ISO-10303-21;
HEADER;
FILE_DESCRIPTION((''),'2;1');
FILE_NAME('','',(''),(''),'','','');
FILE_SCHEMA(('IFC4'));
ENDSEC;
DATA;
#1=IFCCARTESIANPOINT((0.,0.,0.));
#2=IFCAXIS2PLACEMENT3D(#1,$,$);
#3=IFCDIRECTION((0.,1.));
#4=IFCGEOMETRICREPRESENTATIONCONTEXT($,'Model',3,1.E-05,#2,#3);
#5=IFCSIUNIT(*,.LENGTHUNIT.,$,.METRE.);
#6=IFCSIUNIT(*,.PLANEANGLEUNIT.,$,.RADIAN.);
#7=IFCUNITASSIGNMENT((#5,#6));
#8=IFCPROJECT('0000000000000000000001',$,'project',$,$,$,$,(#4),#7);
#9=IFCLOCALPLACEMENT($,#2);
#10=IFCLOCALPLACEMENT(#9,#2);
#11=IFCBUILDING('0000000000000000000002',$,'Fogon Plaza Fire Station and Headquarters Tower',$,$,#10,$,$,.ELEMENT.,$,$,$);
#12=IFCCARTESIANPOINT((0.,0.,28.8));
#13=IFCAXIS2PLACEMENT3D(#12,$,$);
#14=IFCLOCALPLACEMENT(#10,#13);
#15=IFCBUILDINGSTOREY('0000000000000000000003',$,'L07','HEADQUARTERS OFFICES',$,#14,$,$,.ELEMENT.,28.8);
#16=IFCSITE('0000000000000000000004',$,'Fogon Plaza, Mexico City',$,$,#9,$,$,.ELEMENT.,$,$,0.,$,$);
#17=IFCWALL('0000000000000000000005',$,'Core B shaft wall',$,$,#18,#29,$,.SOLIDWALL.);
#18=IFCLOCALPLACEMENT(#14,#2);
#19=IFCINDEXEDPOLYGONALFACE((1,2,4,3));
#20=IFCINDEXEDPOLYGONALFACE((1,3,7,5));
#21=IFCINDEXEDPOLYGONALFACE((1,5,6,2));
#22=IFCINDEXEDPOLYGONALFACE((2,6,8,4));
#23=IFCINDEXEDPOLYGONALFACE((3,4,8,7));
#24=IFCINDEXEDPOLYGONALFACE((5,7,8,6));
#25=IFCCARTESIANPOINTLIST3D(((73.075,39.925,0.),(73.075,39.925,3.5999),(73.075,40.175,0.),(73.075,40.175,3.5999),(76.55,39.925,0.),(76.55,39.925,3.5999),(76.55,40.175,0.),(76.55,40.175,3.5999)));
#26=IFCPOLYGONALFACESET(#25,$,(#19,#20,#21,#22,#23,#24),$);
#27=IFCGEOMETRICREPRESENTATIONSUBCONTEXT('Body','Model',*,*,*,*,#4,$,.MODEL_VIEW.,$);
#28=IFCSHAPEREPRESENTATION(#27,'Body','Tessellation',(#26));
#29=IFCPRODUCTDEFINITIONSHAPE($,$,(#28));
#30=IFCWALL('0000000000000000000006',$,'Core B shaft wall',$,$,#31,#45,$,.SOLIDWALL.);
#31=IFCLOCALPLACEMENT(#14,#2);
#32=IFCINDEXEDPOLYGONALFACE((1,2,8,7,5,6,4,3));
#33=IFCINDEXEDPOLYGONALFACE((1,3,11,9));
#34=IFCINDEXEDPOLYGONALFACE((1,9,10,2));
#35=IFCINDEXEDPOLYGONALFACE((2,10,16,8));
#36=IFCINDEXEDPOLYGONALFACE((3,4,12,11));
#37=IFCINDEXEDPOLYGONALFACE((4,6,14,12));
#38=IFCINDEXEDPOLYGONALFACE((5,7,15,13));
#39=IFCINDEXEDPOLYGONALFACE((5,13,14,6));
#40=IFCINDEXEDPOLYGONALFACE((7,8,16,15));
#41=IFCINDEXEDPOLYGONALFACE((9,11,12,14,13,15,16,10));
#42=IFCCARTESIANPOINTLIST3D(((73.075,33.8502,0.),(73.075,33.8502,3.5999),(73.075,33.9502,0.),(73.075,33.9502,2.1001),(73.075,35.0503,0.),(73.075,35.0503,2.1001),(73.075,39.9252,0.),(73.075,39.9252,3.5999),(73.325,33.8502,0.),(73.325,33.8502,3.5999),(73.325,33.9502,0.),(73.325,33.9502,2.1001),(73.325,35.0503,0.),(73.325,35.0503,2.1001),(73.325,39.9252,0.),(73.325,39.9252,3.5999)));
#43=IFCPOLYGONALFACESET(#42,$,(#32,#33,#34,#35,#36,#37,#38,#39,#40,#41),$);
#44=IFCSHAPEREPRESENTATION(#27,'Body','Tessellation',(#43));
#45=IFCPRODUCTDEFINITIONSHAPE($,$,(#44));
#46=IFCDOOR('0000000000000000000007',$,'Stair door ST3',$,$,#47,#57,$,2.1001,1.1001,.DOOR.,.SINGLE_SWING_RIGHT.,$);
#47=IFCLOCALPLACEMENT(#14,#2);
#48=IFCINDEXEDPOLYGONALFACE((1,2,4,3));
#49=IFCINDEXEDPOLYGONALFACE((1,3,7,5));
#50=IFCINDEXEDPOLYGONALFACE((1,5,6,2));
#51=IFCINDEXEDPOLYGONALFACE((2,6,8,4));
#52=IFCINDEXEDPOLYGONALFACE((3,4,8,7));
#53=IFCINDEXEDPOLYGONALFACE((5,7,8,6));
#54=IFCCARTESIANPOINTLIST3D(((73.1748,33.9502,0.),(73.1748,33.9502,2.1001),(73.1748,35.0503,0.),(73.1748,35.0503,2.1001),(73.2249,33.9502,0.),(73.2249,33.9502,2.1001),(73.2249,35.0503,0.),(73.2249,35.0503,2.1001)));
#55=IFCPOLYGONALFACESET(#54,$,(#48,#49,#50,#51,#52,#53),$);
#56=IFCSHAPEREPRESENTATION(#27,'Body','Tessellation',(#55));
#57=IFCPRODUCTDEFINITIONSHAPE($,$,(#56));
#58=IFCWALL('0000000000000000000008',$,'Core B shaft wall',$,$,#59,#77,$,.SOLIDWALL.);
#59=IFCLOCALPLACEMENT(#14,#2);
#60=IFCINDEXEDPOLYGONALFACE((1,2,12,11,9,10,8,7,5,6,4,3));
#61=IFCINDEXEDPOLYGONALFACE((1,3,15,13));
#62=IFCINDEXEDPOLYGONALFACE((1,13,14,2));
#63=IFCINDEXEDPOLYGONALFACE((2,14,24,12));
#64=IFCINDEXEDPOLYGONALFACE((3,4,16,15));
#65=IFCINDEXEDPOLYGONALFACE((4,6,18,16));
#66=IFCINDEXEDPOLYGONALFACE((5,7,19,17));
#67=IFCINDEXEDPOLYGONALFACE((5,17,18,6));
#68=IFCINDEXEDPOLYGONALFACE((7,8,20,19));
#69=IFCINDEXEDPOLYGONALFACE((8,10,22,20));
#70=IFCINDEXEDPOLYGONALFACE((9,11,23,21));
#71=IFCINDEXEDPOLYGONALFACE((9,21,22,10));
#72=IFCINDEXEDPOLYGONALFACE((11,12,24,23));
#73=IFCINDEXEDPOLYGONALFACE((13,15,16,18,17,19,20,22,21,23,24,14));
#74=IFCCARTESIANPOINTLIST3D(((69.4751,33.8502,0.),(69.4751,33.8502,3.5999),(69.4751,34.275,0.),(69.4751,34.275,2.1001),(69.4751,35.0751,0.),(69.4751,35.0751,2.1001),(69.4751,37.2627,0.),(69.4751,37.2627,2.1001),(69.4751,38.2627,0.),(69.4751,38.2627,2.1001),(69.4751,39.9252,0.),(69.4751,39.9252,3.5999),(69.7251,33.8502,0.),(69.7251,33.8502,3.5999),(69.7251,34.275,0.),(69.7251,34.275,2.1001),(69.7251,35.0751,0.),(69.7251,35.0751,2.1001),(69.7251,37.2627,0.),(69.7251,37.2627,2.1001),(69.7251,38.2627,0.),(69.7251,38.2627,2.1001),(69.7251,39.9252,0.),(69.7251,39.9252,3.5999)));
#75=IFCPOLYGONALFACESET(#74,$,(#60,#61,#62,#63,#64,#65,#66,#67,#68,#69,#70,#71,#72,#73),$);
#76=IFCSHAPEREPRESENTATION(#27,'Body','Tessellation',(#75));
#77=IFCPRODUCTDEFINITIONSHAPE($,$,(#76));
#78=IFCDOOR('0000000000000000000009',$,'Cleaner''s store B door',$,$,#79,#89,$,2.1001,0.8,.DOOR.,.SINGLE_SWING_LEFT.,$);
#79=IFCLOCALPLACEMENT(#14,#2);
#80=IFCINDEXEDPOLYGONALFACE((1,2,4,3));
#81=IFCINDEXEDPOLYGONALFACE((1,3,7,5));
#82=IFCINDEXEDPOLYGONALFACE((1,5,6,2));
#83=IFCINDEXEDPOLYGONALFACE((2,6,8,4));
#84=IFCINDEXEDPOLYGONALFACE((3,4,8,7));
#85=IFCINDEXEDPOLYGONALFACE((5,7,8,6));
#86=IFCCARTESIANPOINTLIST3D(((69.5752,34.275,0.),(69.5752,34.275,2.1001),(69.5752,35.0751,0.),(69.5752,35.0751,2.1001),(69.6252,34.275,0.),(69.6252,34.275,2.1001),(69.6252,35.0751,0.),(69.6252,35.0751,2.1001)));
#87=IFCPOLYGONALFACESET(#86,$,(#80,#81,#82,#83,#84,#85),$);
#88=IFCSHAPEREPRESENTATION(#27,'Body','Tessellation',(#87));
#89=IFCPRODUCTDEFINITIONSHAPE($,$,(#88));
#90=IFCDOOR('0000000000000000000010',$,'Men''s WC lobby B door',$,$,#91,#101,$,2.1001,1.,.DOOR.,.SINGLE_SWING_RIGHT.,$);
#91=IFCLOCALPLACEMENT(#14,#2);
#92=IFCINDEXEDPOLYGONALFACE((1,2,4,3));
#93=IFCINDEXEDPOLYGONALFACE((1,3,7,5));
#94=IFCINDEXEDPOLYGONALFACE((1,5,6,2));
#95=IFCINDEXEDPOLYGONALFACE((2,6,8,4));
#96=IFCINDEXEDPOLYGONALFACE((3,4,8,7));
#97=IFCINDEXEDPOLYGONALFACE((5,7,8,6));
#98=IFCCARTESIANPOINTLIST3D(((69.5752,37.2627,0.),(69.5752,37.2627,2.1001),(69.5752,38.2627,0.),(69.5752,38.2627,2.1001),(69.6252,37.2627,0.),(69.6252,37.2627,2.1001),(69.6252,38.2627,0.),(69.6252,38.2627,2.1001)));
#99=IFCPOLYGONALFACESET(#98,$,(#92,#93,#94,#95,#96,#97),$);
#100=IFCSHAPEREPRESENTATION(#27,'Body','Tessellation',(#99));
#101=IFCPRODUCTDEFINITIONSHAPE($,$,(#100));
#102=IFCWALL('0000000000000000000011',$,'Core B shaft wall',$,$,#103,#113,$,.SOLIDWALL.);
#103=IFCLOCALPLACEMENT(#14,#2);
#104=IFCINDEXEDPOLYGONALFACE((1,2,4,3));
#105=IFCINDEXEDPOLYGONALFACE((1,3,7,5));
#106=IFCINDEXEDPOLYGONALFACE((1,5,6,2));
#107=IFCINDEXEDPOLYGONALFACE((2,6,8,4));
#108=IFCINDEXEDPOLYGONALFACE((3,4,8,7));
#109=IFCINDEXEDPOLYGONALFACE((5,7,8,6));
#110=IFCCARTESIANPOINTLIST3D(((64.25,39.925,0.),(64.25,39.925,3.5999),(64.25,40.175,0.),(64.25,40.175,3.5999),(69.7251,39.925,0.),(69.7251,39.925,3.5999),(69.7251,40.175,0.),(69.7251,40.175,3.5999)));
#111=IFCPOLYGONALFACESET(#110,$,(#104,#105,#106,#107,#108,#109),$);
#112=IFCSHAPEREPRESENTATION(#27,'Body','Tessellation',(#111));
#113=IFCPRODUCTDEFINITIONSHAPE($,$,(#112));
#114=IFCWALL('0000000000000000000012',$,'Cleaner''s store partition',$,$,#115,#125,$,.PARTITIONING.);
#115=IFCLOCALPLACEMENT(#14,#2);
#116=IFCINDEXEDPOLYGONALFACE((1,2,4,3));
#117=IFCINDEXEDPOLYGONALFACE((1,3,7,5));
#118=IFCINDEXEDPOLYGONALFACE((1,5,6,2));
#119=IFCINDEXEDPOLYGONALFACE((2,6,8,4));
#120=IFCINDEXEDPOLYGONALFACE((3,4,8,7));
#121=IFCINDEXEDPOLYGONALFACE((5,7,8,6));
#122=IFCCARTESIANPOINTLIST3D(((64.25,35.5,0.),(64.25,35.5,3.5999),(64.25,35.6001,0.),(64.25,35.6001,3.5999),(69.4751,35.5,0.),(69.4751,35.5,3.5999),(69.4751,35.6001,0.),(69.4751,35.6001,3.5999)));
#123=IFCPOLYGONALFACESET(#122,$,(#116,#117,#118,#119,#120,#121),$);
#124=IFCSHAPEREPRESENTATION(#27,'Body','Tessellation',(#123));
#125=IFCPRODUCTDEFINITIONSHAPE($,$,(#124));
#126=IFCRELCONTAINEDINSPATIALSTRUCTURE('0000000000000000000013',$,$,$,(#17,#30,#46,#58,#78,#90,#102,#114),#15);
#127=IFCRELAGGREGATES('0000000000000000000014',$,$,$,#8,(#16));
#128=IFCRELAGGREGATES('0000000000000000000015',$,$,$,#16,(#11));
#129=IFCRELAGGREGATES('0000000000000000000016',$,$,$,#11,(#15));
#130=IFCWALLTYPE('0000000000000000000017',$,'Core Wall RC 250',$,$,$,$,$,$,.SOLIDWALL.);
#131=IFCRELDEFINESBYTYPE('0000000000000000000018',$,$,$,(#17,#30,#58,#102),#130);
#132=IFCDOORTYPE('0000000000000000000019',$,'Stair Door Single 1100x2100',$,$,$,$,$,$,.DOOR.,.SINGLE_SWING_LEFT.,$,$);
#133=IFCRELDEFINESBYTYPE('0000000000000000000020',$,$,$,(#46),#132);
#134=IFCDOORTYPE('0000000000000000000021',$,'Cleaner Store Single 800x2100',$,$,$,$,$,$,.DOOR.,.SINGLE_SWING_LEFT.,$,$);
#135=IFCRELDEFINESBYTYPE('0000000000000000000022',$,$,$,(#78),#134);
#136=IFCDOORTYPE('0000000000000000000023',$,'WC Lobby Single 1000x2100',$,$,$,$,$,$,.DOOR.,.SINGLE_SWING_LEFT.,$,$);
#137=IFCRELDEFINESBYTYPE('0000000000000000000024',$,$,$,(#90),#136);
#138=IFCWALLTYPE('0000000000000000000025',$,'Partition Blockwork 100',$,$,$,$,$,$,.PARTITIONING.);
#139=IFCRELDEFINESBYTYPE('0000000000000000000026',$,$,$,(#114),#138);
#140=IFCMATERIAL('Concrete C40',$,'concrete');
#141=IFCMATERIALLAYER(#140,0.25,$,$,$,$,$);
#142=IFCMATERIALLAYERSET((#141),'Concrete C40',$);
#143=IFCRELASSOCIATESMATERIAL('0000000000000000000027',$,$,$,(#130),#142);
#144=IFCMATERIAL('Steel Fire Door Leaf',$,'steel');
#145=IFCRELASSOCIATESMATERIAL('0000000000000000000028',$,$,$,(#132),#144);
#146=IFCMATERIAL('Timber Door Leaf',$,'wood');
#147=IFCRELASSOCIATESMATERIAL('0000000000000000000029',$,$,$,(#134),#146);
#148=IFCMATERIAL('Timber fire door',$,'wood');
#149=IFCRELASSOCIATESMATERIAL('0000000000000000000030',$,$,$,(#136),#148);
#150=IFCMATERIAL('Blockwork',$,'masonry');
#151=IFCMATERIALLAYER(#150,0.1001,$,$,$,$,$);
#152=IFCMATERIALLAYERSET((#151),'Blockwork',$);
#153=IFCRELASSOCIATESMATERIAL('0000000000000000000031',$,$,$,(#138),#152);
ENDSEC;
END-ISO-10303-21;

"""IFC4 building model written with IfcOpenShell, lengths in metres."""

from ifc_helpers import new_model, si_unit, direction, frame, frame_2d, origin, place, context, subcontext, project, spatial, rectangle, extrude, material, layer, layer_set, type_object, element, fill, save


model = new_model("IFC4")

# Units and contexts
model_context = context("Model", 3, precision=1e-05, world=origin(), true_north=direction((0.0, 1.0)))
body_context = subcontext(model_context, "Body", "Model", "MODEL_VIEW")
ifc_project = project(units=[si_unit("LENGTHUNIT", "METRE"), si_unit("PLANEANGLEUNIT", "RADIAN")], contexts=[model_context])

# Site, building, storey
site_placement = place(None, origin())
site = spatial("IfcSite", under=ifc_project, at=site_placement, Name="Fogon Plaza, Mexico City", CompositionType="ELEMENT", RefElevation=0.0)
building_placement = place(site_placement, origin())
building = spatial("IfcBuilding", under=site, at=building_placement, Name="Fogon Plaza Fire Station and Headquarters Tower", CompositionType="ELEMENT")
storey_placement = place(building_placement, frame((0.0, 0.0, 28.8)))
storey = spatial("IfcBuildingStorey", under=building, at=storey_placement, Name="L07", Description="HEADQUARTERS OFFICES", CompositionType="ELEMENT", Elevation=28.8)

# Wall
ifc_material_1 = material(Name="Concrete C40", Category="concrete")
ifc_layer_1 = layer(ifc_material_1, 0.25)
ifc_layer_set_1 = layer_set([ifc_layer_1], Name="Concrete C40")
wall_type_1 = type_object("IfcWallType", Name="Core Wall RC 250", PredefinedType="SOLIDWALL", material=ifc_layer_set_1)
wall_1_placement = place(storey_placement, frame((76.55, 40.05, 0.0), z_axis=(0.0, 0.0, 1.0), x_axis=(-1.0, 0.0, 0.0)))
element("IfcWall", 1, at=wall_1_placement, inside=storey, type_object=wall_type_1, Name="Core B shaft wall", PredefinedType="SOLIDWALL", context=body_context, shape_type="SweptSolid", body=[
    extrude(rectangle(XDim=3.4751, YDim=0.25, at=frame_2d((1.7375, 0.0))), origin(), (0.0, 0.0, 1.0), 3.5999),
])

# Wall, opening, door
wall_2_placement = place(storey_placement, frame((73.2, 33.8501, 0.0), z_axis=(0.0, 0.0, 1.0), x_axis=(0.0, 1.0, 0.0)))
wall_2 = element("IfcWall", 2, at=wall_2_placement, inside=storey, type_object=wall_type_1, Name="Core B shaft wall", PredefinedType="SOLIDWALL", context=body_context, shape_type="SweptSolid", body=[
    extrude(rectangle(XDim=6.075, YDim=0.25, at=frame_2d((3.0376, 0.0))), origin(), (0.0, 0.0, 1.0), 3.5999),
])
opening_1_placement = place(wall_2_placement, frame((0.1001, 0.0, 0.0)))
opening_1 = element("IfcOpeningElement", 3, at=opening_1_placement, cuts=wall_2, PredefinedType="OPENING", context=body_context, shape_type="SweptSolid", body=[
    extrude(rectangle(XDim=1.1001, YDim=2.1001, at=frame_2d((0.55, 1.05))), frame((0.0, 0.135, 0.0), z_axis=(0.0, -1.0, 0.0), x_axis=(1.0, 0.0, 0.0)), (0.0, 0.0, 1.0), 0.27),
])
ifc_material_2 = material(Name="Steel Fire Door Leaf", Category="steel")
door_type_1 = type_object("IfcDoorType", Name="Stair Door Single 1100x2100", OperationType="SINGLE_SWING_LEFT", PredefinedType="DOOR", material=ifc_material_2)
door_1_placement = place(opening_1_placement, frame((1.1001, 0.0, 0.0), z_axis=(0.0, 0.0, 1.0), x_axis=(-1.0, 0.0, 0.0)))
door_1 = element("IfcDoor", 4, at=door_1_placement, inside=storey, type_object=door_type_1, Name="Stair door ST3", OperationType="SINGLE_SWING_RIGHT", OverallHeight=2.1001, OverallWidth=1.1001, PredefinedType="DOOR", context=body_context, shape_type="SweptSolid", body=[
    extrude(rectangle(XDim=1.1001, YDim=2.1001, at=frame_2d((0.55, 1.05))), frame((0.0, 0.0249, 0.0), z_axis=(0.0, -1.0, 0.0), x_axis=(1.0, 0.0, 0.0)), (0.0, 0.0, 1.0), 0.05),
])
fill(opening_1, door_1)

# Wall, openings, doors
wall_3_placement = place(storey_placement, frame((69.6001, 33.8501, 0.0), z_axis=(0.0, 0.0, 1.0), x_axis=(0.0, 1.0, 0.0)))
wall_3 = element("IfcWall", 5, at=wall_3_placement, inside=storey, type_object=wall_type_1, Name="Core B shaft wall", PredefinedType="SOLIDWALL", context=body_context, shape_type="SweptSolid", body=[
    extrude(rectangle(XDim=6.075, YDim=0.25, at=frame_2d((3.0376, 0.0))), origin(), (0.0, 0.0, 1.0), 3.5999),
])
opening_2_placement = place(wall_3_placement, frame((0.425, 0.0, 0.0)))
opening_2 = element("IfcOpeningElement", 6, at=opening_2_placement, cuts=wall_3, PredefinedType="OPENING", context=body_context, shape_type="SweptSolid", body=[
    extrude(rectangle(XDim=0.8, YDim=2.1001, at=frame_2d((0.3999, 1.05))), frame((0.0, 0.135, 0.0), z_axis=(0.0, -1.0, 0.0), x_axis=(1.0, 0.0, 0.0)), (0.0, 0.0, 1.0), 0.27),
])
opening_3_placement = place(wall_3_placement, frame((3.4126, 0.0, 0.0)))
opening_3 = element("IfcOpeningElement", 7, at=opening_3_placement, cuts=wall_3, PredefinedType="OPENING", context=body_context, shape_type="SweptSolid", body=[
    extrude(rectangle(XDim=1.0, YDim=2.1001, at=frame_2d((0.5, 1.05))), frame((0.0, 0.135, 0.0), z_axis=(0.0, -1.0, 0.0), x_axis=(1.0, 0.0, 0.0)), (0.0, 0.0, 1.0), 0.27),
])
ifc_material_3 = material(Name="Timber Door Leaf", Category="wood")
door_type_2 = type_object("IfcDoorType", Name="Cleaner Store Single 800x2100", OperationType="SINGLE_SWING_LEFT", PredefinedType="DOOR", material=ifc_material_3)
door_2_placement = place(opening_2_placement, origin())
door_2 = element("IfcDoor", 8, at=door_2_placement, inside=storey, type_object=door_type_2, Name="Cleaner's store B door", OperationType="SINGLE_SWING_LEFT", OverallHeight=2.1001, OverallWidth=0.8, PredefinedType="DOOR", context=body_context, shape_type="SweptSolid", body=[
    extrude(rectangle(XDim=0.8, YDim=2.1001, at=frame_2d((0.3999, 1.05))), frame((0.0, 0.0249, 0.0), z_axis=(0.0, -1.0, 0.0), x_axis=(1.0, 0.0, 0.0)), (0.0, 0.0, 1.0), 0.05),
])
fill(opening_2, door_2)
ifc_material_4 = material(Name="Timber fire door", Category="wood")
door_type_3 = type_object("IfcDoorType", Name="WC Lobby Single 1000x2100", OperationType="SINGLE_SWING_LEFT", PredefinedType="DOOR", material=ifc_material_4)
door_3_placement = place(opening_3_placement, origin())
door_3 = element("IfcDoor", 9, at=door_3_placement, inside=storey, type_object=door_type_3, Name="Men's WC lobby B door", OperationType="SINGLE_SWING_RIGHT", OverallHeight=2.1001, OverallWidth=1.0, PredefinedType="DOOR", context=body_context, shape_type="SweptSolid", body=[
    extrude(rectangle(XDim=1.0, YDim=2.1001, at=frame_2d((0.5, 1.05))), frame((0.0, 0.0249, 0.0), z_axis=(0.0, -1.0, 0.0), x_axis=(1.0, 0.0, 0.0)), (0.0, 0.0, 1.0), 0.05),
])
fill(opening_3, door_3)

# Walls
wall_4_placement = place(storey_placement, frame((69.7251, 40.05, 0.0), z_axis=(0.0, 0.0, 1.0), x_axis=(-1.0, 0.0, 0.0)))
element("IfcWall", 10, at=wall_4_placement, inside=storey, type_object=wall_type_1, Name="Core B shaft wall", PredefinedType="SOLIDWALL", context=body_context, shape_type="SweptSolid", body=[
    extrude(rectangle(XDim=5.4751, YDim=0.25, at=frame_2d((2.7375, 0.0))), origin(), (0.0, 0.0, 1.0), 3.5999),
])
ifc_material_5 = material(Name="Blockwork", Category="masonry")
ifc_layer_2 = layer(ifc_material_5, 0.1001)
ifc_layer_set_2 = layer_set([ifc_layer_2], Name="Blockwork")
wall_type_2 = type_object("IfcWallType", Name="Partition Blockwork 100", PredefinedType="PARTITIONING", material=ifc_layer_set_2)
wall_5_placement = place(storey_placement, frame((69.4751, 35.55, 0.0), z_axis=(0.0, 0.0, 1.0), x_axis=(-1.0, 0.0, 0.0)))
element("IfcWall", 11, at=wall_5_placement, inside=storey, type_object=wall_type_2, Name="Cleaner's store partition", PredefinedType="PARTITIONING", context=body_context, shape_type="SweptSolid", body=[
    extrude(rectangle(XDim=5.2251, YDim=0.1001, at=frame_2d((2.6125, 0.0))), origin(), (0.0, 0.0, 1.0), 3.5999),
])

save(model, "model.ifc")
